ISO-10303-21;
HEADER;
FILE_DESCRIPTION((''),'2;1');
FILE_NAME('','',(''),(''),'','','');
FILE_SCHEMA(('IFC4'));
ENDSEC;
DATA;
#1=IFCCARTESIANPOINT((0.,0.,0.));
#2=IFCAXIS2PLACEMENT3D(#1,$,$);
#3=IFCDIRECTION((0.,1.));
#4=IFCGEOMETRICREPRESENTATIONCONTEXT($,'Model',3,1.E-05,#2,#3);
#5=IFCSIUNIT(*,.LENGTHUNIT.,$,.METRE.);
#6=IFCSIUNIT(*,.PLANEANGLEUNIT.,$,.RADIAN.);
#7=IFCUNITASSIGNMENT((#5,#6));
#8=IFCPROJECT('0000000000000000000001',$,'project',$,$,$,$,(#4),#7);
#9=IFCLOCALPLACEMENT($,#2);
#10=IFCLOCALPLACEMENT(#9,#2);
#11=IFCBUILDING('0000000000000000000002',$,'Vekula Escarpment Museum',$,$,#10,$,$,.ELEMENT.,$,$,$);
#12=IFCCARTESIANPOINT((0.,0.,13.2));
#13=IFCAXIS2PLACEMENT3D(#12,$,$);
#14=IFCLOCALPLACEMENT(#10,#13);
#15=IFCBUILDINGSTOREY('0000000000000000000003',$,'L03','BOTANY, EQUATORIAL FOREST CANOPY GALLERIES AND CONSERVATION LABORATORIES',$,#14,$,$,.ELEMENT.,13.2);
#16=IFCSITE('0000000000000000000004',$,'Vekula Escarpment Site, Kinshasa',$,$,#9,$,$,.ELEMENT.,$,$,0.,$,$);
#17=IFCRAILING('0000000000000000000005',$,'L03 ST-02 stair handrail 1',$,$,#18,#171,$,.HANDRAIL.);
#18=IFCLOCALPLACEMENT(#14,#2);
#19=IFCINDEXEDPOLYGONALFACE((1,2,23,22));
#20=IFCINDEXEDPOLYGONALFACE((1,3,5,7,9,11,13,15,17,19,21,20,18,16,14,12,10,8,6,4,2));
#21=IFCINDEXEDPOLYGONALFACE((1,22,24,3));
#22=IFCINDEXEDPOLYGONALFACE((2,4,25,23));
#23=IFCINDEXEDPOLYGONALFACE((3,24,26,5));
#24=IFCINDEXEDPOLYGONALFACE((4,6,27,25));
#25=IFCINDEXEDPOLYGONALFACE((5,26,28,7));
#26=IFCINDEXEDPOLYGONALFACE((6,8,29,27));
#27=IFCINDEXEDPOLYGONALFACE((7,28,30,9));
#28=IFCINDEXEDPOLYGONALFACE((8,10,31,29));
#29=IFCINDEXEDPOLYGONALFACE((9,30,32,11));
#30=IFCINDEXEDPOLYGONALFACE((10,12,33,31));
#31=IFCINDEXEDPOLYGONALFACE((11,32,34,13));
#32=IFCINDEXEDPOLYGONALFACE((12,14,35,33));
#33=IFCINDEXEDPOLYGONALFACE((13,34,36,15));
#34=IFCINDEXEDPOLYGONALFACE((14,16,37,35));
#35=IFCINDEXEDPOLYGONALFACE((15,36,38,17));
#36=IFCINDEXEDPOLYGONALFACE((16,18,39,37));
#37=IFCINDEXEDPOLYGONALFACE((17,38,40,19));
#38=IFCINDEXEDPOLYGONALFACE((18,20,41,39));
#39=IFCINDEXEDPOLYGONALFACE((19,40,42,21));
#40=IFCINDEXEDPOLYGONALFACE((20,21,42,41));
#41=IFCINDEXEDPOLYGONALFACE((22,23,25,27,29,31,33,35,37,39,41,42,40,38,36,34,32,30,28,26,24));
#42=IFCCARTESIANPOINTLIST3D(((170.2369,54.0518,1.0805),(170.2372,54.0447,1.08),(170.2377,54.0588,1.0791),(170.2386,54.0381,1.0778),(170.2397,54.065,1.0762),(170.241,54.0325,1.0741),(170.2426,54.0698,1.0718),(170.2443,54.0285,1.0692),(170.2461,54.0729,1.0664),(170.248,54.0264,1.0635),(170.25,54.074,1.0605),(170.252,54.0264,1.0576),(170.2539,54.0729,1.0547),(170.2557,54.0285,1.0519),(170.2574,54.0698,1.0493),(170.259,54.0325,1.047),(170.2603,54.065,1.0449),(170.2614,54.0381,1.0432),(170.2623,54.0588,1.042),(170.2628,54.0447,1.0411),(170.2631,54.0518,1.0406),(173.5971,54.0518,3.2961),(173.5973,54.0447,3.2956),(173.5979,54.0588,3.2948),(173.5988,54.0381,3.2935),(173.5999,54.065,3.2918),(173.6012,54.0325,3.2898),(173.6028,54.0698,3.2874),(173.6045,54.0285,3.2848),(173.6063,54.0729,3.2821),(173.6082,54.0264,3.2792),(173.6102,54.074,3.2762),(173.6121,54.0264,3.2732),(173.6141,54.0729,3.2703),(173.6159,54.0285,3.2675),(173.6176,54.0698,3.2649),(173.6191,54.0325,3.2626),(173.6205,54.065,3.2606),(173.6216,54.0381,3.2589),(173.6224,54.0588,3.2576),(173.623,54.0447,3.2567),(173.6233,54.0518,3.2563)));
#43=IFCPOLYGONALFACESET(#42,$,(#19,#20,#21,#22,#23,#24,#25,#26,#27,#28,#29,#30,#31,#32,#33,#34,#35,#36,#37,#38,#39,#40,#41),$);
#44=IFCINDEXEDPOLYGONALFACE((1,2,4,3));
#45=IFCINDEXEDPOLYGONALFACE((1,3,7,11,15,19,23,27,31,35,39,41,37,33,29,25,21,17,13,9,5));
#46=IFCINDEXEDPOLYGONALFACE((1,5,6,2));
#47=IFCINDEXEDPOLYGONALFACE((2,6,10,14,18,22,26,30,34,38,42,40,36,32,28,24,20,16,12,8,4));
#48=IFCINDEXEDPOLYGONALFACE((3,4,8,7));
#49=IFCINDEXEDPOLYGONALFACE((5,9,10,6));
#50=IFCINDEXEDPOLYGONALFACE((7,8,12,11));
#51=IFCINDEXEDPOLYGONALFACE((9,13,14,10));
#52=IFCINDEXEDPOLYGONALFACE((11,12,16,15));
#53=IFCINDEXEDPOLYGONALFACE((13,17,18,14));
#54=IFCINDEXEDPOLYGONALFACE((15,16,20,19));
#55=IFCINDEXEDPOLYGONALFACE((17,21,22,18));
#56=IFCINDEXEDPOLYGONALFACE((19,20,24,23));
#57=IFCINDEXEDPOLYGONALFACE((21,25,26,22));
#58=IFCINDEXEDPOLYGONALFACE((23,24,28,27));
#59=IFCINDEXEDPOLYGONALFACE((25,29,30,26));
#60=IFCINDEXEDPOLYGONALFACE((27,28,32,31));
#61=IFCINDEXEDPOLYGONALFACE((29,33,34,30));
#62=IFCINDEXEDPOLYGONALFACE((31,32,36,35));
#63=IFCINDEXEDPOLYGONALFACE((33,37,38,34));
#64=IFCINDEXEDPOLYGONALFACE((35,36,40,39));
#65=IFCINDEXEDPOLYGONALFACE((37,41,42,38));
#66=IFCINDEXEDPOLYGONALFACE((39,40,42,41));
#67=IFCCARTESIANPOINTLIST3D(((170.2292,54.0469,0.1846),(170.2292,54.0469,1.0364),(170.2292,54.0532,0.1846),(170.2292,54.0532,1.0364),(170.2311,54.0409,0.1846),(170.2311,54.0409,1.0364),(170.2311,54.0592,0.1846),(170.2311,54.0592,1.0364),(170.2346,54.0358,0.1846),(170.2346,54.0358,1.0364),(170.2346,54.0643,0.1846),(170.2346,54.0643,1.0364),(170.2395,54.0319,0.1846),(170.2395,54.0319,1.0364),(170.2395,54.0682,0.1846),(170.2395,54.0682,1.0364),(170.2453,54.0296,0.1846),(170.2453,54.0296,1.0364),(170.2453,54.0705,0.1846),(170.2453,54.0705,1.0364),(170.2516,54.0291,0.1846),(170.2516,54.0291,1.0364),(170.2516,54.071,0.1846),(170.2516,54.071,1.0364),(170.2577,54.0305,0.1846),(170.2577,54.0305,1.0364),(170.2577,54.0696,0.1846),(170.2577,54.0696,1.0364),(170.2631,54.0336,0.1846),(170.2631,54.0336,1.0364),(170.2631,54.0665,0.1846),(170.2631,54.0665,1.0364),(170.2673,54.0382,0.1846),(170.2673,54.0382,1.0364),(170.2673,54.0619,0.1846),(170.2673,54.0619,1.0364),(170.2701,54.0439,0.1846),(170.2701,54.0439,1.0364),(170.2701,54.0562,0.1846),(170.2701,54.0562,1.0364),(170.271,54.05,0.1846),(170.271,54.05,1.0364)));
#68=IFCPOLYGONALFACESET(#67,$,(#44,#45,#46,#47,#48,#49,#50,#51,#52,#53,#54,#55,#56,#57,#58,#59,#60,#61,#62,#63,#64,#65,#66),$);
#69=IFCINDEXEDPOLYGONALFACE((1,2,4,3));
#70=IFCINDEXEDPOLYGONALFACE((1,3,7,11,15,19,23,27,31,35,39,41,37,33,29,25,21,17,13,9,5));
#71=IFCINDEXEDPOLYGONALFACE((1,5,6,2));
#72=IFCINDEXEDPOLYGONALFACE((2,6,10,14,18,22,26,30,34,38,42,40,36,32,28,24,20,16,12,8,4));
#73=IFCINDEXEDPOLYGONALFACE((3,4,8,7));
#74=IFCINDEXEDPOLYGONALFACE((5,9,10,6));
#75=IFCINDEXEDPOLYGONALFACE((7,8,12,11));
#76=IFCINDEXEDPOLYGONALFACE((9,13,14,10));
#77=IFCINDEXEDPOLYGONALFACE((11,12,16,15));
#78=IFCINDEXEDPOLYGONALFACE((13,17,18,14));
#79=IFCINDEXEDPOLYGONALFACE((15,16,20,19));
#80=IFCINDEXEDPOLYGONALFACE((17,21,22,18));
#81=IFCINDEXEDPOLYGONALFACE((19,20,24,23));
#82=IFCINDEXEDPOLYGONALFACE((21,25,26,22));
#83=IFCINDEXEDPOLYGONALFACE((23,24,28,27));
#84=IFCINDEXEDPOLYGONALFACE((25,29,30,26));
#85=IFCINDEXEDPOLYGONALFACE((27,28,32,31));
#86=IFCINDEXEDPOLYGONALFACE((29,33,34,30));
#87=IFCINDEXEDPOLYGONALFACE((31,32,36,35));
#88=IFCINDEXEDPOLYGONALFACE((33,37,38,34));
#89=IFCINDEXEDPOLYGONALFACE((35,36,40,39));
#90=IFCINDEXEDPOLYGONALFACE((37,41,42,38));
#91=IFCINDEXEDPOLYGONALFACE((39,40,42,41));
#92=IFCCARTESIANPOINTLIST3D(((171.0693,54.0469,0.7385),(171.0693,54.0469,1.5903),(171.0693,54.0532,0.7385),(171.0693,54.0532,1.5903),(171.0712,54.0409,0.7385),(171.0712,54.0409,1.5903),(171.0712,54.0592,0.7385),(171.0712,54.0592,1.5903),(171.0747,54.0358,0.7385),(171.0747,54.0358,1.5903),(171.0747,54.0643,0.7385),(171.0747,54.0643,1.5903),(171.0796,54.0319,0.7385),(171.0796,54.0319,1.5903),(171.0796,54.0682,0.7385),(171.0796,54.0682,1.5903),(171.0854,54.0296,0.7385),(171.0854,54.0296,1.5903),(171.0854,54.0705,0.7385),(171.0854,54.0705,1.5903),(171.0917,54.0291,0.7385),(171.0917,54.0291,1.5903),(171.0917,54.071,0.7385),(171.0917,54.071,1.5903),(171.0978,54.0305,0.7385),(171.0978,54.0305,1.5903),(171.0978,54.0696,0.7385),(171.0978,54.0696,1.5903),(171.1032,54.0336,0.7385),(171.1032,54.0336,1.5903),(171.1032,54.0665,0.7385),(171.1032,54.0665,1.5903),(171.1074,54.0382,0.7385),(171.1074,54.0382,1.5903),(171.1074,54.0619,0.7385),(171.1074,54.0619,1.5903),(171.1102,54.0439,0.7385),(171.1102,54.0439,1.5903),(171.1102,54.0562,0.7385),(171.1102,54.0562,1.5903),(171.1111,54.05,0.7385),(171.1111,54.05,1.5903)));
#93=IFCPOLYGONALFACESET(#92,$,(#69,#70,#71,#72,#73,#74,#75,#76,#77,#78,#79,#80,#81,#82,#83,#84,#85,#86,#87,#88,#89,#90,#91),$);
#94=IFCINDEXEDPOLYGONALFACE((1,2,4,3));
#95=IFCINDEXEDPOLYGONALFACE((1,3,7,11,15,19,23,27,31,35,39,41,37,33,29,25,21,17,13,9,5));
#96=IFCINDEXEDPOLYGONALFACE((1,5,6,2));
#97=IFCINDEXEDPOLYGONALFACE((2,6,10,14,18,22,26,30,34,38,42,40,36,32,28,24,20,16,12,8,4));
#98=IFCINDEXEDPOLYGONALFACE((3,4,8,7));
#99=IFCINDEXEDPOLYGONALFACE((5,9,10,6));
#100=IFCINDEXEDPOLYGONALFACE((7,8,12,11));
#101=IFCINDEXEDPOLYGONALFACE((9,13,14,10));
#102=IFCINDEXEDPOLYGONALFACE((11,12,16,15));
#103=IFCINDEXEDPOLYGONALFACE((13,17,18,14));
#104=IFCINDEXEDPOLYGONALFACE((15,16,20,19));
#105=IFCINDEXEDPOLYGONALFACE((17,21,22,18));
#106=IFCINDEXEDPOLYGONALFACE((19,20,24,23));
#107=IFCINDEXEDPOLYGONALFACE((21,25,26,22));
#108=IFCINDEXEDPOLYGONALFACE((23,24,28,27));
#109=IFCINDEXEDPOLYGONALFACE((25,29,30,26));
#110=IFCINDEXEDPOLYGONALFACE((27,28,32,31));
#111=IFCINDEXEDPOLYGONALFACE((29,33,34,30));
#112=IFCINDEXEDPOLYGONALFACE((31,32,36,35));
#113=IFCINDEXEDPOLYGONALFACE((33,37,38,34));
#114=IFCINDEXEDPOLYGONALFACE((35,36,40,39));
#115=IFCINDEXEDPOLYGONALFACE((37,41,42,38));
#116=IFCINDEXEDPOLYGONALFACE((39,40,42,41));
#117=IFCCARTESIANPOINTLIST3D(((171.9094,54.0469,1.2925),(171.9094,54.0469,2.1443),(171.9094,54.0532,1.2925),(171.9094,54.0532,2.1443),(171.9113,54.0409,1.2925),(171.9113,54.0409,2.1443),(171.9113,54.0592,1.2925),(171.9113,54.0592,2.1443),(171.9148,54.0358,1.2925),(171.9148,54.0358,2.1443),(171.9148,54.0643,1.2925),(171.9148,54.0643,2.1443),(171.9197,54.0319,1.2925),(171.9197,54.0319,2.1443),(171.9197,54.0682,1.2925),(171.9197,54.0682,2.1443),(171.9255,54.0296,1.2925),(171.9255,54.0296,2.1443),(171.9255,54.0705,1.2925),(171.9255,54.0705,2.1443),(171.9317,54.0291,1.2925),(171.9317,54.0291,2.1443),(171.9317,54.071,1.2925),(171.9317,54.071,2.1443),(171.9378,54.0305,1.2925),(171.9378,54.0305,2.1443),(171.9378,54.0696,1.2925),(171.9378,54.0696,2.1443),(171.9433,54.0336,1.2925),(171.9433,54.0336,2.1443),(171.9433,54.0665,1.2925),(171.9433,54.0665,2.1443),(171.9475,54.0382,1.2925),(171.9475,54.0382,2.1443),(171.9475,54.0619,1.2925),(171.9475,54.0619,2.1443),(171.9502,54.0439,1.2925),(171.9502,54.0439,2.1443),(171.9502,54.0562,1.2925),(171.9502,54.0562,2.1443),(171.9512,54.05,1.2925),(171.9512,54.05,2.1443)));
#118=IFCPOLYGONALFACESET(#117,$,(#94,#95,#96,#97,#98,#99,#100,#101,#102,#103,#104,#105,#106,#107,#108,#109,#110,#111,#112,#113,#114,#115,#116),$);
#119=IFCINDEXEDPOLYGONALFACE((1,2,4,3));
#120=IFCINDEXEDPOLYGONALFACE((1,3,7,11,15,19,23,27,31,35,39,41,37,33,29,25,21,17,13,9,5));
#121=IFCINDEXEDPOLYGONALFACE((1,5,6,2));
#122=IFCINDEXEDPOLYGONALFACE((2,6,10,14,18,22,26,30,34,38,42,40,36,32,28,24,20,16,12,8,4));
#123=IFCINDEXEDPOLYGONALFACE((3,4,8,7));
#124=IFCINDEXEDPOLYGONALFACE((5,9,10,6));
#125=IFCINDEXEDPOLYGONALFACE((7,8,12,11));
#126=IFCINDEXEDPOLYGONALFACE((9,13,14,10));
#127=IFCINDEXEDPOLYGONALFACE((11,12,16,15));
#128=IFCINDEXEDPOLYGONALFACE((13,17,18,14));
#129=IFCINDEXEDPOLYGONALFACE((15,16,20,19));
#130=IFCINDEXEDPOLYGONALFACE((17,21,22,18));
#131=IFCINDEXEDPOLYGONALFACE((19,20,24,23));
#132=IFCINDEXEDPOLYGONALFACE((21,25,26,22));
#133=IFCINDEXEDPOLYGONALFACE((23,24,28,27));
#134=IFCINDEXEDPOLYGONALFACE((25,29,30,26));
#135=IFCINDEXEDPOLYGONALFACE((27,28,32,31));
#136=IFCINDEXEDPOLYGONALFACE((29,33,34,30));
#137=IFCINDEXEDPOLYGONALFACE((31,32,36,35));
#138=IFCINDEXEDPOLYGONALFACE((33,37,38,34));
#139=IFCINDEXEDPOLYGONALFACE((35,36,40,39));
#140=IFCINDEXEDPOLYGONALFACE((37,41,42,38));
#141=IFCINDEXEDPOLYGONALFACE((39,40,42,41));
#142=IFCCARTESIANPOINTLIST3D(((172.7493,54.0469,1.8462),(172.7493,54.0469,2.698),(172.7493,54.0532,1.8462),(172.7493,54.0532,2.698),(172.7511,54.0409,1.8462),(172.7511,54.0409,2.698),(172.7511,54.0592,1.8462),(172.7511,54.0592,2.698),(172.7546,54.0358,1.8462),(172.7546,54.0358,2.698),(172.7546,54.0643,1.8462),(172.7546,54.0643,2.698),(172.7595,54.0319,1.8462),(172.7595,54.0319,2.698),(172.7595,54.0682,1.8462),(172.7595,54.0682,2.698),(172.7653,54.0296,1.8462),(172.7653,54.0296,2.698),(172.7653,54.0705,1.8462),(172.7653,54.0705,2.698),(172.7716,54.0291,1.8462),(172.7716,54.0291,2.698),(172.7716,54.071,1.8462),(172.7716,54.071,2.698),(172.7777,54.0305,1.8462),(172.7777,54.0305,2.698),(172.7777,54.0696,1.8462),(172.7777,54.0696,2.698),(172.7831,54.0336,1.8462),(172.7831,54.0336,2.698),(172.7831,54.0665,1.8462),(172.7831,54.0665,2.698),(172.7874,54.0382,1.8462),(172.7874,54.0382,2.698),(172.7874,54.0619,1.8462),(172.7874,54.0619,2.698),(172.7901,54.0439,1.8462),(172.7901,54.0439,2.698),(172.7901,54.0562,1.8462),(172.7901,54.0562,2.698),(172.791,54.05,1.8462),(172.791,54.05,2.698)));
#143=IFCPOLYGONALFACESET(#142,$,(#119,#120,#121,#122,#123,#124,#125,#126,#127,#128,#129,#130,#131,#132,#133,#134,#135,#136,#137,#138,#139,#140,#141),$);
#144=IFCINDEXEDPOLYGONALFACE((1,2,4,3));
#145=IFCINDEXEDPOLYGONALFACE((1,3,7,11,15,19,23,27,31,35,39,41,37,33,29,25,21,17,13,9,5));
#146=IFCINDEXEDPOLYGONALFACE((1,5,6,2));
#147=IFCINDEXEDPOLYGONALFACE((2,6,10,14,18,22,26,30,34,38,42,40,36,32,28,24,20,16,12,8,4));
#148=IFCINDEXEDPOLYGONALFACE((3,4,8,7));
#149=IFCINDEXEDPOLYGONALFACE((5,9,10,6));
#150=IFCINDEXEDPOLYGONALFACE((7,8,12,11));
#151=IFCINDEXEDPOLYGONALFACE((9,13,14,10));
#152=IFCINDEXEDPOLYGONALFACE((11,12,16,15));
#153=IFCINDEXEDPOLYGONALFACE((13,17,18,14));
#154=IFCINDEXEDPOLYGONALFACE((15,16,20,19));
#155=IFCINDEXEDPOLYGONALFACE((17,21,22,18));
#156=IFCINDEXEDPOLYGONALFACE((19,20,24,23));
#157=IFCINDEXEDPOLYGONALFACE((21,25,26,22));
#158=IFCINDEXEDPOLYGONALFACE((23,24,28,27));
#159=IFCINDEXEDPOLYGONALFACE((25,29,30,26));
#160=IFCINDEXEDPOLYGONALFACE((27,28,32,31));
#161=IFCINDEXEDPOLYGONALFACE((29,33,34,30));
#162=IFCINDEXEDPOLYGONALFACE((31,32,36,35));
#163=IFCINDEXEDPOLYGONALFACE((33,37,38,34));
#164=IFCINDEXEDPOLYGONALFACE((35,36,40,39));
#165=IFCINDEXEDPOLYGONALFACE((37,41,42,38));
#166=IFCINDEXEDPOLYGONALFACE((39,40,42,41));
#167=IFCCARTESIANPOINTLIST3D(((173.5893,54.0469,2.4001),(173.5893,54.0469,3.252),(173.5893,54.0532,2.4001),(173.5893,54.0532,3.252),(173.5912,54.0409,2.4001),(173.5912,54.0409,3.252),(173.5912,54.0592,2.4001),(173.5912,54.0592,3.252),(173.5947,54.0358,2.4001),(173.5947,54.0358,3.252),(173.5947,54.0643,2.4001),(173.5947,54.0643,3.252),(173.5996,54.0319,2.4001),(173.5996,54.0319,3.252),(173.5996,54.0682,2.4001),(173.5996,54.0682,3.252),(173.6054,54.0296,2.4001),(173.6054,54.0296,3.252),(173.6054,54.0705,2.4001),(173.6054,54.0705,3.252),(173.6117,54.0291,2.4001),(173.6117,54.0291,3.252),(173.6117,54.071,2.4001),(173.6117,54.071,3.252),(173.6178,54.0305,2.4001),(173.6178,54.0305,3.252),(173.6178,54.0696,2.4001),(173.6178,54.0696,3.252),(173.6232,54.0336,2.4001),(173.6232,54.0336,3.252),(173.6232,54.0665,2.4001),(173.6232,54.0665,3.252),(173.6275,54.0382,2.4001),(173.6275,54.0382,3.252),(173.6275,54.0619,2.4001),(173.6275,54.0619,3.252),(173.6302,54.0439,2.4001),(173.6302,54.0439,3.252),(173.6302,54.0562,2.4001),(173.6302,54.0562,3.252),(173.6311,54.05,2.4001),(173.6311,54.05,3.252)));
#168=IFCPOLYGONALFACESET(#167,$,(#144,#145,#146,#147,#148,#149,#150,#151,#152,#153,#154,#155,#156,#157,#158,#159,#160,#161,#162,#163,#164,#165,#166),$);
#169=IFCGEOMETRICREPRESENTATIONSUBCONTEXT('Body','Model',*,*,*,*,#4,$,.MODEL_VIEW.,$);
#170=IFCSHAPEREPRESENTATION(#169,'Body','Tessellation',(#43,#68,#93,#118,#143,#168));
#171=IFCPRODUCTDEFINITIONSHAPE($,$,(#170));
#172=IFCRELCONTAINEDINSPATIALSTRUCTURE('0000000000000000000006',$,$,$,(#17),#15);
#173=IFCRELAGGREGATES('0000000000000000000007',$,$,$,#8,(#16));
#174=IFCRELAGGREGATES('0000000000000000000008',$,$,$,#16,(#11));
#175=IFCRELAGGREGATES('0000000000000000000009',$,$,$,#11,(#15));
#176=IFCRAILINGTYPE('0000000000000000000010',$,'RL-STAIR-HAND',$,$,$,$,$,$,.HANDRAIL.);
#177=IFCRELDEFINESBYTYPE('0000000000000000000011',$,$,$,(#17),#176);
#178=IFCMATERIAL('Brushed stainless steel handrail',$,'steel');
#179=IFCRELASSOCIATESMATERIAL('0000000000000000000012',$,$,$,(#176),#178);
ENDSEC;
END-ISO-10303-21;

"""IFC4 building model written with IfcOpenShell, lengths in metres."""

from ifc_helpers import new_model, si_unit, direction, frame, origin, origin_2d, place, context, subcontext, project, spatial, circle, extrude, material, type_object, element, save


model = new_model("IFC4")

# Units and contexts
model_context = context("Model", 3, precision=1e-05, world=origin(), true_north=direction((0.0, 1.0)))
body_context = subcontext(model_context, "Body", "Model", "MODEL_VIEW")
ifc_project = project(units=[si_unit("LENGTHUNIT", "METRE"), si_unit("PLANEANGLEUNIT", "RADIAN")], contexts=[model_context])

# Site, building, storey
site_placement = place(None, origin())
site = spatial("IfcSite", under=ifc_project, at=site_placement, Name="Vekula Escarpment Site, Kinshasa", CompositionType="ELEMENT", RefElevation=0.0)
building_placement = place(site_placement, origin())
building = spatial("IfcBuilding", under=site, at=building_placement, Name="Vekula Escarpment Museum", CompositionType="ELEMENT")
storey_placement = place(building_placement, frame((0.0, 0.0, 13.2)))
storey = spatial("IfcBuildingStorey", under=building, at=storey_placement, Name="L03", Description="BOTANY, EQUATORIAL FOREST CANOPY GALLERIES AND CONSERVATION LABORATORIES", CompositionType="ELEMENT", Elevation=13.2)

# Railing
ifc_material_1 = material(Name="Brushed stainless steel handrail", Category="steel")
railing_type_1 = type_object("IfcRailingType", Name="RL-STAIR-HAND", PredefinedType="HANDRAIL", material=ifc_material_1)
railing_1_placement = place(storey_placement, frame((170.25, 54.05, 0.1846)))
element("IfcRailing", 1, at=railing_1_placement, inside=storey, type_object=railing_type_1, Name="L03 ST-02 stair handrail 1", PredefinedType="HANDRAIL", context=body_context, shape_type="SweptSolid", body=[
    extrude(circle(Radius=0.0239, at=origin_2d()), frame((0.0, 0.0, 0.876), z_axis=(0.834849, 0.0, 0.55048), x_axis=(0.0, 1.0, 0.0)), (0.0, 0.0, 1.0), 4.0249),
    extrude(circle(Radius=0.021, at=origin_2d()), origin(), (0.0, 0.0, 1.0), 0.8518),
    extrude(circle(Radius=0.021, at=origin_2d()), frame((0.8401, 0.0, 0.554)), (0.0, 0.0, 1.0), 0.8518),
    extrude(circle(Radius=0.021, at=origin_2d()), frame((1.6802, 0.0, 1.1079)), (0.0, 0.0, 1.0), 0.8518),
    extrude(circle(Radius=0.021, at=origin_2d()), frame((2.52, 0.0, 1.6616)), (0.0, 0.0, 1.0), 0.8518),
    extrude(circle(Radius=0.021, at=origin_2d()), frame((3.3601, 0.0, 2.2156)), (0.0, 0.0, 1.0), 0.8518),
])

save(model, "model.ifc")
